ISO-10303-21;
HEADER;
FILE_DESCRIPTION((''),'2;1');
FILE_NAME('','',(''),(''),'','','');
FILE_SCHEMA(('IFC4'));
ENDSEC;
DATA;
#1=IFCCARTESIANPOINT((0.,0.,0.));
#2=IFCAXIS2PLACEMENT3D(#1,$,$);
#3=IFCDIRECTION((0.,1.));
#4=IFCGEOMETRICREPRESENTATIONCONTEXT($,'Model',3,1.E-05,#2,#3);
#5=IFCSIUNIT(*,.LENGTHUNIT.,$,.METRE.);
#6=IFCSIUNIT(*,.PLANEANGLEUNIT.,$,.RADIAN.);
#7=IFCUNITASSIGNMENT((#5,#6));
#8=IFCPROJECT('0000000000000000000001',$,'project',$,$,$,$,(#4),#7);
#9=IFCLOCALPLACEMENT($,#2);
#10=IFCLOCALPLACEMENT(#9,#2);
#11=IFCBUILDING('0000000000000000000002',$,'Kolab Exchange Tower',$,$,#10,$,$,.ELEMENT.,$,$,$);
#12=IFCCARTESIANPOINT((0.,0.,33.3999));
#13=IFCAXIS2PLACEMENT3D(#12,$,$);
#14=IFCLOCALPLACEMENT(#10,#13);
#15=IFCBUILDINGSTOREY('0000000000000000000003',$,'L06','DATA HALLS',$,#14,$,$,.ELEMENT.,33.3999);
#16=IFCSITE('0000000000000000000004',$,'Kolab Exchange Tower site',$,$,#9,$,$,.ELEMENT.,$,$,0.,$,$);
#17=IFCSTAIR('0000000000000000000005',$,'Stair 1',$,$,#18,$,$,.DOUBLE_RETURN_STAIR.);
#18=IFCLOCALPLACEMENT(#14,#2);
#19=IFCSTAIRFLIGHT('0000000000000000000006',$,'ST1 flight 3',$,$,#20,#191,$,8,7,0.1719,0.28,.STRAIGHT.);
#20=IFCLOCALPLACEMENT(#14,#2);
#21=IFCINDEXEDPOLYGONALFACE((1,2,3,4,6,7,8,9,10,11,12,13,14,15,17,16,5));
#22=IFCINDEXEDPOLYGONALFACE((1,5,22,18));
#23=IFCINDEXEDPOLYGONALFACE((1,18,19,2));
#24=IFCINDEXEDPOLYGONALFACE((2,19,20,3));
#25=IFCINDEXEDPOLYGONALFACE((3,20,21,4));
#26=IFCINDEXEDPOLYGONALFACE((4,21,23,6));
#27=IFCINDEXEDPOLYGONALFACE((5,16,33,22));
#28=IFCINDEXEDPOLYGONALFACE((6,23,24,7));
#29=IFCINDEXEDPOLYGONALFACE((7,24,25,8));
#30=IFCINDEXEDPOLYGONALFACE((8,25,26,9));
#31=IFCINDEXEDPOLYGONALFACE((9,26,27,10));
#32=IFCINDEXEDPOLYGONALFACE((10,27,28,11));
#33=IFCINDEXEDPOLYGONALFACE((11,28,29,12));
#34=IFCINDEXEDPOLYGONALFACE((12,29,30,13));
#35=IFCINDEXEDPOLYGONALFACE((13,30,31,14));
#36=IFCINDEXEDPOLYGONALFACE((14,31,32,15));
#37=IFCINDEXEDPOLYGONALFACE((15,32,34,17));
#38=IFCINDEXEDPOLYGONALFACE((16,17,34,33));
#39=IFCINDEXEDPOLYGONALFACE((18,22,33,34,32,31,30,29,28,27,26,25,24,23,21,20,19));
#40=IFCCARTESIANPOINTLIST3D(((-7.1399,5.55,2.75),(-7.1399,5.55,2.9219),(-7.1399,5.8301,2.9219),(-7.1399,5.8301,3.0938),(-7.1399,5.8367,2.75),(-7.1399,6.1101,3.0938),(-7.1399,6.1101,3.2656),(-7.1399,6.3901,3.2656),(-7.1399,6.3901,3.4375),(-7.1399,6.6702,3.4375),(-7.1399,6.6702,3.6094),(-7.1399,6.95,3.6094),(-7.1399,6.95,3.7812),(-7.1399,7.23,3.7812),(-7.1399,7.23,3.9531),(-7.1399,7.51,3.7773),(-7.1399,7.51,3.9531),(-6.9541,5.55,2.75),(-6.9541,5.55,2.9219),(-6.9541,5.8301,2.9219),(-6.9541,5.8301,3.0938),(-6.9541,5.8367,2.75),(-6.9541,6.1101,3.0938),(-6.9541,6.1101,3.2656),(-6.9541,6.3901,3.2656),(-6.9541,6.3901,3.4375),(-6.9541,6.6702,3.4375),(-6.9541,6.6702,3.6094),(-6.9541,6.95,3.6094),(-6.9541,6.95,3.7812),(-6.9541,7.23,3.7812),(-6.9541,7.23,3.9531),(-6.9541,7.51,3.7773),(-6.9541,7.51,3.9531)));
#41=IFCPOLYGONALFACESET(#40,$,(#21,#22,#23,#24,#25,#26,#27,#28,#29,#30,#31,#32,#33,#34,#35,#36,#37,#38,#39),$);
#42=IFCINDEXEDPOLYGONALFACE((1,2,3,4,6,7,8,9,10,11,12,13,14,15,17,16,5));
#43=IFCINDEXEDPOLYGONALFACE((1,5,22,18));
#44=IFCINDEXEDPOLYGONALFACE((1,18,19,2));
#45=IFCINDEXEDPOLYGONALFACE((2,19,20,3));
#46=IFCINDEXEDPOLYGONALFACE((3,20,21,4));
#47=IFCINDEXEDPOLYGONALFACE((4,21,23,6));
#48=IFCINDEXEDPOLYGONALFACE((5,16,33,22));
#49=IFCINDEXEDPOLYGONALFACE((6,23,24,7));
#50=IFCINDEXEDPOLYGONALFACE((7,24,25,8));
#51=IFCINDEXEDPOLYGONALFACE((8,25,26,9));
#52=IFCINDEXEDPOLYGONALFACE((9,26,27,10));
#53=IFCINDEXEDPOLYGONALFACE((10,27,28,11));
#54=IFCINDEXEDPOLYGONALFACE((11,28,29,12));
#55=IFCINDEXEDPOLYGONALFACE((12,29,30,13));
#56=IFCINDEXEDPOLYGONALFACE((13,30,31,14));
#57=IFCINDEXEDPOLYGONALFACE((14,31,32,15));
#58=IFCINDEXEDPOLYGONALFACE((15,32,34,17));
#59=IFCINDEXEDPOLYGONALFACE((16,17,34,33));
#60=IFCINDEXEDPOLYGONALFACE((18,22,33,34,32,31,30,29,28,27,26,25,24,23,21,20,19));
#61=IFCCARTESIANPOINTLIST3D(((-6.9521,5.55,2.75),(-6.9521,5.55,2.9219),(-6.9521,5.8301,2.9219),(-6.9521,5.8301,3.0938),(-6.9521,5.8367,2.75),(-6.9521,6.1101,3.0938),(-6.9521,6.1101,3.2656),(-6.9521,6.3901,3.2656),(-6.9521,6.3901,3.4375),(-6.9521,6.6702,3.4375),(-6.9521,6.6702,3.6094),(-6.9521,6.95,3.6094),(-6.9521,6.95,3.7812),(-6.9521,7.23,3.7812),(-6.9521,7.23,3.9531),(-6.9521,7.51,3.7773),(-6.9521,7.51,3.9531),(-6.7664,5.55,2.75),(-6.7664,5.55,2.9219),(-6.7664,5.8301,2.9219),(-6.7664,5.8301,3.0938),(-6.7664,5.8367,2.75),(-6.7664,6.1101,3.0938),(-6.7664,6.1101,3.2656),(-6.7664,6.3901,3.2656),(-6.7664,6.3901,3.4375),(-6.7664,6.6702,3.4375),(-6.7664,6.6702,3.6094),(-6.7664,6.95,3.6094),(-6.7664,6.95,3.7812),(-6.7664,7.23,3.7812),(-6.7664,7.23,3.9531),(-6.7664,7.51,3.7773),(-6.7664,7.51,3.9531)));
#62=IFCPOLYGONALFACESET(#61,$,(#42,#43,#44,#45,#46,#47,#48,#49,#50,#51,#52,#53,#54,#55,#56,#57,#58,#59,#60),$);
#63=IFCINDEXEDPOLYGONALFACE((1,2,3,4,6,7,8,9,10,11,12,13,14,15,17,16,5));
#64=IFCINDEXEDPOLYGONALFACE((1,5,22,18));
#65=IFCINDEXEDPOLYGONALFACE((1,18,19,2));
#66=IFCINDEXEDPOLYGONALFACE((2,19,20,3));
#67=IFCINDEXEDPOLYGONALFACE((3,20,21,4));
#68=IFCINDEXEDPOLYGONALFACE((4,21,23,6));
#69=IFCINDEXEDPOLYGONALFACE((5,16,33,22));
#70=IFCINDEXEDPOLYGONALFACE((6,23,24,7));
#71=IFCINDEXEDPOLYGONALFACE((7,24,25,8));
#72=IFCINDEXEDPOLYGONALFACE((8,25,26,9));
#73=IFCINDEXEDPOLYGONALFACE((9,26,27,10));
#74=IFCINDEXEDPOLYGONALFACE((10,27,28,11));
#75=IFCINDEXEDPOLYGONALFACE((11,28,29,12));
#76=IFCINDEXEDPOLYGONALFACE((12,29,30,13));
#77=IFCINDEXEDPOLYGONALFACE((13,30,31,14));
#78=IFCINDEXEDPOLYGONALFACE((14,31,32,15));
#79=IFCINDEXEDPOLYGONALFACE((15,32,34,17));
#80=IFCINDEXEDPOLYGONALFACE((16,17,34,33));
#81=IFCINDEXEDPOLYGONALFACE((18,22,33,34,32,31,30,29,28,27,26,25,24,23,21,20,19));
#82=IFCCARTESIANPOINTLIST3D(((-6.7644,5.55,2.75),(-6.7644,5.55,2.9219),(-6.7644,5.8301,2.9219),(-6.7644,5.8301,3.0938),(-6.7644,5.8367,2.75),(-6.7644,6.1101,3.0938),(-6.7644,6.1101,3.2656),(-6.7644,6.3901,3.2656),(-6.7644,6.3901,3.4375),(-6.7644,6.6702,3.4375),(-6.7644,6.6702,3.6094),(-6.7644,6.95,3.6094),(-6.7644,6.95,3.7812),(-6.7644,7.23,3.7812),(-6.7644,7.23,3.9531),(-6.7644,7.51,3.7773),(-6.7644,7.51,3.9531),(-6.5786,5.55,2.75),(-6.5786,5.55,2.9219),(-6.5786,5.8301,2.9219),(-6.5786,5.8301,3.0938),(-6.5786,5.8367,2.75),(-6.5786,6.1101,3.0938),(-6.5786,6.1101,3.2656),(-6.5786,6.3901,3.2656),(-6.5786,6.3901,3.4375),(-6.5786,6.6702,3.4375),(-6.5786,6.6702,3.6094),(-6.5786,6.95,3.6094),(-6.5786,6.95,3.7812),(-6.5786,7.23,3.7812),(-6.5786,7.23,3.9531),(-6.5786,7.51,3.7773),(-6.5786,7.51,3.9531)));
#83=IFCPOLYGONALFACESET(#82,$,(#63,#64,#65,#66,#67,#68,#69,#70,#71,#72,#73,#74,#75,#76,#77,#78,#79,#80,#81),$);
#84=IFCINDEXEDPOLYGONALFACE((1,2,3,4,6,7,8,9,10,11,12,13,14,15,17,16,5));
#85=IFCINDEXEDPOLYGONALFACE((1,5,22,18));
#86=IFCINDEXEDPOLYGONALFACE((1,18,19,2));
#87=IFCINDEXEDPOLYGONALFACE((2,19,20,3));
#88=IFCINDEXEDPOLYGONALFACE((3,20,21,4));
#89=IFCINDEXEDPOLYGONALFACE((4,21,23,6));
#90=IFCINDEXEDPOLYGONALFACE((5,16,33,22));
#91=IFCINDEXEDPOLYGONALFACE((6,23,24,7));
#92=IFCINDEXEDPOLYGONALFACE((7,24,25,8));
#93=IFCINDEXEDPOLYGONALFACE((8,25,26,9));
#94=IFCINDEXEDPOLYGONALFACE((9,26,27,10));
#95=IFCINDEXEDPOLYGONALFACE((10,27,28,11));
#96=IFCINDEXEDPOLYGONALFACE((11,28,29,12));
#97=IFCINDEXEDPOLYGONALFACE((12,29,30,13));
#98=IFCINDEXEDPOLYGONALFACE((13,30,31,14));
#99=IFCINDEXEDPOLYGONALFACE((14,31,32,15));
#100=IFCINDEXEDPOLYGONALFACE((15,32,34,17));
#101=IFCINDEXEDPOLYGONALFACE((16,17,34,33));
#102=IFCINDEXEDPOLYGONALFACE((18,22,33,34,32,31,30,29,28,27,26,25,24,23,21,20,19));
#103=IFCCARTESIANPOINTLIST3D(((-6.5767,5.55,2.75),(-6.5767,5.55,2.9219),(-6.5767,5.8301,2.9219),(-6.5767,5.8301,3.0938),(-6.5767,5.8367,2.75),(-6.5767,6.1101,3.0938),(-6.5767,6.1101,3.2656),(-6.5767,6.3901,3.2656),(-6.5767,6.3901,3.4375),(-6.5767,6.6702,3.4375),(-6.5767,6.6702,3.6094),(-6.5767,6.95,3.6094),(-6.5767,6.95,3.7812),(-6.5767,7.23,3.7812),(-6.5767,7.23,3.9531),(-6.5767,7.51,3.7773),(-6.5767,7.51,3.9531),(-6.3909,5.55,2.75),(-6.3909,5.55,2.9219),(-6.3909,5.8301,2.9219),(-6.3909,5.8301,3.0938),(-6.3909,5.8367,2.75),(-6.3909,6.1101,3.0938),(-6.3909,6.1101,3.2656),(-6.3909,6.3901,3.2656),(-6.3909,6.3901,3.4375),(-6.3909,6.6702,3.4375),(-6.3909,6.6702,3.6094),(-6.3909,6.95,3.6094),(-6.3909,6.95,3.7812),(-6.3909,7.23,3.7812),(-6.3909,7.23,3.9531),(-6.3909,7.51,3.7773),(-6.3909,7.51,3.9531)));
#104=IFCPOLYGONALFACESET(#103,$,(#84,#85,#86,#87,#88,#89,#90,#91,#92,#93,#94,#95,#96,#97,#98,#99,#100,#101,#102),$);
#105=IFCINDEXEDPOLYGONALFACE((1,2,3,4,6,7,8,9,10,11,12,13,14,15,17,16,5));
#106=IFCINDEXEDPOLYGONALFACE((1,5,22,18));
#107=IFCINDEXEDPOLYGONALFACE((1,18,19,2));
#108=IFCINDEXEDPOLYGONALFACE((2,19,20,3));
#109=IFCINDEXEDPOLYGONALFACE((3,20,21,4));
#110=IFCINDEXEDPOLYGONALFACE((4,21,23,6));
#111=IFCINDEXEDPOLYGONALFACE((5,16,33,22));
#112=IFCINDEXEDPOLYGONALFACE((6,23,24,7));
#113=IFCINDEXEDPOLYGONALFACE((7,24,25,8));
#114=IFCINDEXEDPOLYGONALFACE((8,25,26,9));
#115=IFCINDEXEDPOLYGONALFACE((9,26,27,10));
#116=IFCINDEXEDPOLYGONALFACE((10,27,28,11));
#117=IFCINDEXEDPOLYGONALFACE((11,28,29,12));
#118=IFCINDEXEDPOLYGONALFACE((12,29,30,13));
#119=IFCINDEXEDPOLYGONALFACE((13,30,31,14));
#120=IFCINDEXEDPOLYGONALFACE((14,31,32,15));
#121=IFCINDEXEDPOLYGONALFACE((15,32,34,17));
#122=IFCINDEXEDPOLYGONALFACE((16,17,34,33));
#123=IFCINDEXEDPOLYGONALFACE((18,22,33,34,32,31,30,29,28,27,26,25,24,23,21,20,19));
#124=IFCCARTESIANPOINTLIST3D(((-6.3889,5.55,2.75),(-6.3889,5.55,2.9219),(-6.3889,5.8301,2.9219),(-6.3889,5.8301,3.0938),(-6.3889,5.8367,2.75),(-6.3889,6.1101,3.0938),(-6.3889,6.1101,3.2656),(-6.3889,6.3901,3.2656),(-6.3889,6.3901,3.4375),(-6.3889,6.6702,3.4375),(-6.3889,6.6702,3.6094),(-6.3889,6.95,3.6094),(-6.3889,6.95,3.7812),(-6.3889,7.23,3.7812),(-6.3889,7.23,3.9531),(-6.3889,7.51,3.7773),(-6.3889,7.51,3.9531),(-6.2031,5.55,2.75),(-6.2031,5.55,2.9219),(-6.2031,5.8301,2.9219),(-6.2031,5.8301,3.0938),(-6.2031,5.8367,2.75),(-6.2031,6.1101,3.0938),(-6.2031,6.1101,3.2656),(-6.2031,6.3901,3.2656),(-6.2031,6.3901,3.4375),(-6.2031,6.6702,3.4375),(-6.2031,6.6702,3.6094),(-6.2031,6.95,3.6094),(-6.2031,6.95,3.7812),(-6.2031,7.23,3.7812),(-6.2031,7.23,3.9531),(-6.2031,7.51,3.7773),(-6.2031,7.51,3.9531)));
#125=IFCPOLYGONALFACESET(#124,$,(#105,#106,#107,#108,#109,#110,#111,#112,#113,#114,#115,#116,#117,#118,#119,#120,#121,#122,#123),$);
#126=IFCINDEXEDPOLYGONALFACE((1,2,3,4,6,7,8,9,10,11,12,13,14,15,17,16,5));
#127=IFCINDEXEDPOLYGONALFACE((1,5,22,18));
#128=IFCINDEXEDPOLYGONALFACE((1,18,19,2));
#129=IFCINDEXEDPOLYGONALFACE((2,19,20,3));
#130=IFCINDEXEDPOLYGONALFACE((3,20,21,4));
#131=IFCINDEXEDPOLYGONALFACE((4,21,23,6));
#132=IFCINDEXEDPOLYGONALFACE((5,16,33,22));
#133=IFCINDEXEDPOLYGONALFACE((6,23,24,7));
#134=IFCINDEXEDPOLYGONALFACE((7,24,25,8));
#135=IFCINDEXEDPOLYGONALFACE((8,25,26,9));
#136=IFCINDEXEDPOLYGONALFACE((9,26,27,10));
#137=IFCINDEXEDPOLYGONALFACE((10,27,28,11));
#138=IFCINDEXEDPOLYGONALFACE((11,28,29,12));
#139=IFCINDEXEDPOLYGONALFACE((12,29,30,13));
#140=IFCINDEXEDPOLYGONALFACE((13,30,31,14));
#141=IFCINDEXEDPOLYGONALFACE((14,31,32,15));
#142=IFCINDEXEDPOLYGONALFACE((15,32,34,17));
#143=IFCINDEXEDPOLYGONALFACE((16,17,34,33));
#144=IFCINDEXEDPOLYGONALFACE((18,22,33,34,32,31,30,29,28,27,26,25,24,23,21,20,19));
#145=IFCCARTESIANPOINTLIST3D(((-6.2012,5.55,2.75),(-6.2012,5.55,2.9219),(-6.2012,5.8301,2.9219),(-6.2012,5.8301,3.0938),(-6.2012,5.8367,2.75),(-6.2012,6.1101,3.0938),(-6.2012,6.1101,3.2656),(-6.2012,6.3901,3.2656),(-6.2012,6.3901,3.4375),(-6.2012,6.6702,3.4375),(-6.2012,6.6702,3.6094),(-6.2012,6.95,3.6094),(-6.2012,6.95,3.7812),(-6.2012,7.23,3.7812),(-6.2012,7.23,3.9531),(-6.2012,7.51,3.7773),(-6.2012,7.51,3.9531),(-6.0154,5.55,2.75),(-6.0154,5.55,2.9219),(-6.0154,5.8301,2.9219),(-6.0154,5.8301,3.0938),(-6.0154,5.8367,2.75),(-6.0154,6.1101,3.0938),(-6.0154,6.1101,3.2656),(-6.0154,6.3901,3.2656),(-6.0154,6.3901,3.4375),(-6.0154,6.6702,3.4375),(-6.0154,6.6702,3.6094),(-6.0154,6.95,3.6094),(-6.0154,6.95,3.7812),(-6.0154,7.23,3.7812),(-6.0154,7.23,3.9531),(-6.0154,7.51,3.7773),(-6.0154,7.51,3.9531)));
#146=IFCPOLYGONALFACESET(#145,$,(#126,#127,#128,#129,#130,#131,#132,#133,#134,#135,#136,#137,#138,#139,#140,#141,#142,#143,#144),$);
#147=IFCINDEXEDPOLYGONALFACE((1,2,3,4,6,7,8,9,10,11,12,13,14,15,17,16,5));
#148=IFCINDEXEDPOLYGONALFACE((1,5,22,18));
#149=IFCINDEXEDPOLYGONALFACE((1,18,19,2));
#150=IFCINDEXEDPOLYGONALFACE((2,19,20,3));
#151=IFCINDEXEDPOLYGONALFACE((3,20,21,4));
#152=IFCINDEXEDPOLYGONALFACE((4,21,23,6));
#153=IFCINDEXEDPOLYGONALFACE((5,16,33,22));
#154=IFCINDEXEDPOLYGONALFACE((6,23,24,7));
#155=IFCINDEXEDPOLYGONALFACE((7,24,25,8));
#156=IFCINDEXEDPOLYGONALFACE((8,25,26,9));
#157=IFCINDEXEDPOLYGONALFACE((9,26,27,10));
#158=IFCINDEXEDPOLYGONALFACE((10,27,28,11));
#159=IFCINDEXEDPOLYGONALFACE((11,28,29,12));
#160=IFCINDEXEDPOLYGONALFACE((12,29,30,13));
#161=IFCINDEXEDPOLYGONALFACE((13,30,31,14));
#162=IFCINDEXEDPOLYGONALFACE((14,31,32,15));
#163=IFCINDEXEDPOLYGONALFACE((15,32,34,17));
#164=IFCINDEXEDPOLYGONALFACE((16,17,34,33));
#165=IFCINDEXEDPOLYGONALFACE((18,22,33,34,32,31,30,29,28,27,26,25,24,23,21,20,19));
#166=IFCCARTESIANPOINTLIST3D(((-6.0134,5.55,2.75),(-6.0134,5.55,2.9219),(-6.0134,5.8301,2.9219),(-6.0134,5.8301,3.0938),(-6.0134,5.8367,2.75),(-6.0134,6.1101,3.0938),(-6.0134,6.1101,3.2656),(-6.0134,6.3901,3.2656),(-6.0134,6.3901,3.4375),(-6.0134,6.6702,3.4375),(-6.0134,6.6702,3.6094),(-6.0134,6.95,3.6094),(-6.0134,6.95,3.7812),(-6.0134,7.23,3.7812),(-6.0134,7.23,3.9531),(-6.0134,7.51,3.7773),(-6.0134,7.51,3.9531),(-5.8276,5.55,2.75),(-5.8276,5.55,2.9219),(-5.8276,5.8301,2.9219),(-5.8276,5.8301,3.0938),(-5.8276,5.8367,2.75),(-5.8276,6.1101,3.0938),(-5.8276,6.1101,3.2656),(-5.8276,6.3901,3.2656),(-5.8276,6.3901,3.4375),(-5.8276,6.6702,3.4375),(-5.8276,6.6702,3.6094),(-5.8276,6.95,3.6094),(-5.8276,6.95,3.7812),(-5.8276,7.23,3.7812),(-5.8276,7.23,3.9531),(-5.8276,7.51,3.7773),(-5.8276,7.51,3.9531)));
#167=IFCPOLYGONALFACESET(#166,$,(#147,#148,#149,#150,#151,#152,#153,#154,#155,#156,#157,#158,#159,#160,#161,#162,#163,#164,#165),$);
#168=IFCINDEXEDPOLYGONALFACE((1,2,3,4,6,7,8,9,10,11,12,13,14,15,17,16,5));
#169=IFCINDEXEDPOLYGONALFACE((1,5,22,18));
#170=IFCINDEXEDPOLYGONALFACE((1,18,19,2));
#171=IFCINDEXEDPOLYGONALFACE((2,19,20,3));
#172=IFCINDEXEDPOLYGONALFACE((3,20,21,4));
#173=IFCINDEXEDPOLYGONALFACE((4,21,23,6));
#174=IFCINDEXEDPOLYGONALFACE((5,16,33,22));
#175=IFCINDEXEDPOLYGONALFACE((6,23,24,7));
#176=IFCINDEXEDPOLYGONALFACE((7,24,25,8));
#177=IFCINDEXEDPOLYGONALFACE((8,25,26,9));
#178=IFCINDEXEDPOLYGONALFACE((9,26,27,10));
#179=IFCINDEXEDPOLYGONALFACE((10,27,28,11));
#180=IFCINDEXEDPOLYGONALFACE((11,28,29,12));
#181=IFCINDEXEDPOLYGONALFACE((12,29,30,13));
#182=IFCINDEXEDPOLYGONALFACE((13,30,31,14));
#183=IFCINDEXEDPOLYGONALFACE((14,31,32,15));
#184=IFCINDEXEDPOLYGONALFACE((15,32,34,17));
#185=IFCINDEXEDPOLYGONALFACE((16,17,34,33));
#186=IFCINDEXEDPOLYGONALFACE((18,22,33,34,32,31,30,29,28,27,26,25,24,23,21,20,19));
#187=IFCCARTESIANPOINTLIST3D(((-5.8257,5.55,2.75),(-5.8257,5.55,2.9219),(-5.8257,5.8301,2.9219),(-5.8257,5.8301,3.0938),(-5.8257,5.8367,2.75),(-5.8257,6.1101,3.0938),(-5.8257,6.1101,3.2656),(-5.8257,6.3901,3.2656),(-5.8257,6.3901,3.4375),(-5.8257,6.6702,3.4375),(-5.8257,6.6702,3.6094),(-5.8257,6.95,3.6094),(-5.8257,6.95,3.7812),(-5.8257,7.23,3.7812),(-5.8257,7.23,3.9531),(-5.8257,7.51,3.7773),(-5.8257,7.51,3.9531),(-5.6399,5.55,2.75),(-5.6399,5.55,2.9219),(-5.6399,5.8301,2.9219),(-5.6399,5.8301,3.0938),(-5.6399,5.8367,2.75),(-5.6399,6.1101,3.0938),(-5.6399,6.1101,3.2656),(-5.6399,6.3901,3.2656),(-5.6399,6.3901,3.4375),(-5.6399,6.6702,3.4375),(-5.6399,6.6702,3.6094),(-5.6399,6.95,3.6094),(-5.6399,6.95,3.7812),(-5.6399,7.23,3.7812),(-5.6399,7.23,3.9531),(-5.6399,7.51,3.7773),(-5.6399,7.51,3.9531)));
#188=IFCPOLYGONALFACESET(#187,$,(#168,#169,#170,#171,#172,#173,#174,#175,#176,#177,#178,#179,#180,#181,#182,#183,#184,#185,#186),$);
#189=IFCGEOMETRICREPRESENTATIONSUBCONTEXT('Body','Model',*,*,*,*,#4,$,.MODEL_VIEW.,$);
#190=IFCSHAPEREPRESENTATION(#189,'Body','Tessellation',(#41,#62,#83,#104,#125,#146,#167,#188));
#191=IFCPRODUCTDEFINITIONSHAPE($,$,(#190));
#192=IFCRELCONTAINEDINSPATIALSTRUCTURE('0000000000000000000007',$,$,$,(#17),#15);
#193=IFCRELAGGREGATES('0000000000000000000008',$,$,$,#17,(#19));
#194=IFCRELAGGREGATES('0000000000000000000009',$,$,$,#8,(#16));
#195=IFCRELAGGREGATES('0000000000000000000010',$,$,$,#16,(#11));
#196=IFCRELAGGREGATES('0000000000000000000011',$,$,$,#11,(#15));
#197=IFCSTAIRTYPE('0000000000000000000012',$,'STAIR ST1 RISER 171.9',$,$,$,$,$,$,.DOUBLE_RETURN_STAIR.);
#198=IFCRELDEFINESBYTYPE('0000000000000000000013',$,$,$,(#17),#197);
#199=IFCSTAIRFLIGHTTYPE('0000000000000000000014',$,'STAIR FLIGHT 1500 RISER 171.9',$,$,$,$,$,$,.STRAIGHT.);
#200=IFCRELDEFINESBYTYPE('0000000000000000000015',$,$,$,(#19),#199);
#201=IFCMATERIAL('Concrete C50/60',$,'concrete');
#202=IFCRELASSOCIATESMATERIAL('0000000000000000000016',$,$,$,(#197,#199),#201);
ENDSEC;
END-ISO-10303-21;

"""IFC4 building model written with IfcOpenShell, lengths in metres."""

from ifc_helpers import new_model, si_unit, direction, frame, origin, place, context, subcontext, project, spatial, polyline, outline, extrude, material, type_object, element, aggregate, save


model = new_model("IFC4")

# Units and contexts
model_context = context("Model", 3, precision=1e-05, world=origin(), true_north=direction((0.0, 1.0)))
body_context = subcontext(model_context, "Body", "Model", "MODEL_VIEW")
ifc_project = project(units=[si_unit("LENGTHUNIT", "METRE"), si_unit("PLANEANGLEUNIT", "RADIAN")], contexts=[model_context])

# Site, building, storey
site_placement = place(None, origin())
site = spatial("IfcSite", under=ifc_project, at=site_placement, Name="Kolab Exchange Tower site", CompositionType="ELEMENT", RefElevation=0.0)
building_placement = place(site_placement, origin())
building = spatial("IfcBuilding", under=site, at=building_placement, Name="Kolab Exchange Tower", CompositionType="ELEMENT")
storey_placement = place(building_placement, frame((0.0, 0.0, 33.3999)))
storey = spatial("IfcBuildingStorey", under=building, at=storey_placement, Name="L06", Description="DATA HALLS", CompositionType="ELEMENT", Elevation=33.3999)

# Shared definitions
ifc_material_1 = material(Name="Concrete C50/60", Category="concrete")

# Stair, stair flight
stair_type = type_object("IfcStairType", Name="STAIR ST1 RISER 171.9", PredefinedType="DOUBLE_RETURN_STAIR", material=ifc_material_1)
stair_placement = place(storey_placement, origin())
stair = element("IfcStair", 1, at=stair_placement, inside=storey, type_object=stair_type, Name="Stair 1", PredefinedType="DOUBLE_RETURN_STAIR")
stair_flight_type = type_object("IfcStairFlightType", Name="STAIR FLIGHT 1500 RISER 171.9", PredefinedType="STRAIGHT", material=ifc_material_1)
stair_flight_1_placement = place(storey_placement, frame((-6.3899, 5.55, 2.75), z_axis=(0.0, 0.0, 1.0), x_axis=(0.0, 1.0, 0.0)))
stair_flight_1 = element("IfcStairFlight", 2, at=stair_flight_1_placement, type_object=stair_flight_type, Name="ST1 flight 3", NumberOfRisers=8, NumberOfTreads=7, PredefinedType="STRAIGHT", RiserHeight=0.1719, TreadLength=0.28, context=body_context, shape_type="SweptSolid", body=[
    extrude(outline(polyline([(0.0, 0.0), (0.0, 0.1719), (0.28, 0.1719), (0.28, 0.3438), (0.5601, 0.3438), (0.5601, 0.5156), (0.8401, 0.5156), (0.8401, 0.6875), (1.1201, 0.6875), (1.1201, 0.8594), (1.3999, 0.8594), (1.3999, 1.0312), (1.6799, 1.0312), (1.6799, 1.2031), (1.96, 1.2031), (1.96, 1.375), (1.96, 1.0273), (0.2866, 0.0), (0.0, 0.0)])), frame((0.0, 0.75, 0.0), z_axis=(0.0, -1.0, 0.0), x_axis=(1.0, 0.0, 0.0)), (0.0, 0.0, 1.0), 0.1858),
    extrude(outline(polyline([(0.0, 0.0), (0.0, 0.1719), (0.28, 0.1719), (0.28, 0.3438), (0.5601, 0.3438), (0.5601, 0.5156), (0.8401, 0.5156), (0.8401, 0.6875), (1.1201, 0.6875), (1.1201, 0.8594), (1.3999, 0.8594), (1.3999, 1.0312), (1.6799, 1.0312), (1.6799, 1.2031), (1.96, 1.2031), (1.96, 1.375), (1.96, 1.0273), (0.2866, 0.0), (0.0, 0.0)])), frame((0.0, 0.5623, 0.0), z_axis=(0.0, -1.0, 0.0), x_axis=(1.0, 0.0, 0.0)), (0.0, 0.0, 1.0), 0.1858),
    extrude(outline(polyline([(0.0, 0.0), (0.0, 0.1719), (0.28, 0.1719), (0.28, 0.3438), (0.5601, 0.3438), (0.5601, 0.5156), (0.8401, 0.5156), (0.8401, 0.6875), (1.1201, 0.6875), (1.1201, 0.8594), (1.3999, 0.8594), (1.3999, 1.0312), (1.6799, 1.0312), (1.6799, 1.2031), (1.96, 1.2031), (1.96, 1.375), (1.96, 1.0273), (0.2866, 0.0), (0.0, 0.0)])), frame((0.0, 0.3745, 0.0), z_axis=(0.0, -1.0, 0.0), x_axis=(1.0, 0.0, 0.0)), (0.0, 0.0, 1.0), 0.1858),
    extrude(outline(polyline([(0.0, 0.0), (0.0, 0.1719), (0.28, 0.1719), (0.28, 0.3438), (0.5601, 0.3438), (0.5601, 0.5156), (0.8401, 0.5156), (0.8401, 0.6875), (1.1201, 0.6875), (1.1201, 0.8594), (1.3999, 0.8594), (1.3999, 1.0312), (1.6799, 1.0312), (1.6799, 1.2031), (1.96, 1.2031), (1.96, 1.375), (1.96, 1.0273), (0.2866, 0.0), (0.0, 0.0)])), frame((0.0, 0.1868, 0.0), z_axis=(0.0, -1.0, 0.0), x_axis=(1.0, 0.0, 0.0)), (0.0, 0.0, 1.0), 0.1858),
    extrude(outline(polyline([(0.0, 0.0), (0.0, 0.1719), (0.28, 0.1719), (0.28, 0.3438), (0.5601, 0.3438), (0.5601, 0.5156), (0.8401, 0.5156), (0.8401, 0.6875), (1.1201, 0.6875), (1.1201, 0.8594), (1.3999, 0.8594), (1.3999, 1.0312), (1.6799, 1.0312), (1.6799, 1.2031), (1.96, 1.2031), (1.96, 1.375), (1.96, 1.0273), (0.2866, 0.0), (0.0, 0.0)])), frame((0.0, -0.001, 0.0), z_axis=(0.0, -1.0, 0.0), x_axis=(1.0, 0.0, 0.0)), (0.0, 0.0, 1.0), 0.1858),
    extrude(outline(polyline([(0.0, 0.0), (0.0, 0.1719), (0.28, 0.1719), (0.28, 0.3438), (0.5601, 0.3438), (0.5601, 0.5156), (0.8401, 0.5156), (0.8401, 0.6875), (1.1201, 0.6875), (1.1201, 0.8594), (1.3999, 0.8594), (1.3999, 1.0312), (1.6799, 1.0312), (1.6799, 1.2031), (1.96, 1.2031), (1.96, 1.375), (1.96, 1.0273), (0.2866, 0.0), (0.0, 0.0)])), frame((0.0, -0.1887, 0.0), z_axis=(0.0, -1.0, 0.0), x_axis=(1.0, 0.0, 0.0)), (0.0, 0.0, 1.0), 0.1858),
    extrude(outline(polyline([(0.0, 0.0), (0.0, 0.1719), (0.28, 0.1719), (0.28, 0.3438), (0.5601, 0.3438), (0.5601, 0.5156), (0.8401, 0.5156), (0.8401, 0.6875), (1.1201, 0.6875), (1.1201, 0.8594), (1.3999, 0.8594), (1.3999, 1.0312), (1.6799, 1.0312), (1.6799, 1.2031), (1.96, 1.2031), (1.96, 1.375), (1.96, 1.0273), (0.2866, 0.0), (0.0, 0.0)])), frame((0.0, -0.3765, 0.0), z_axis=(0.0, -1.0, 0.0), x_axis=(1.0, 0.0, 0.0)), (0.0, 0.0, 1.0), 0.1858),
    extrude(outline(polyline([(0.0, 0.0), (0.0, 0.1719), (0.28, 0.1719), (0.28, 0.3438), (0.5601, 0.3438), (0.5601, 0.5156), (0.8401, 0.5156), (0.8401, 0.6875), (1.1201, 0.6875), (1.1201, 0.8594), (1.3999, 0.8594), (1.3999, 1.0312), (1.6799, 1.0312), (1.6799, 1.2031), (1.96, 1.2031), (1.96, 1.375), (1.96, 1.0273), (0.2866, 0.0), (0.0, 0.0)])), frame((0.0, -0.5642, 0.0), z_axis=(0.0, -1.0, 0.0), x_axis=(1.0, 0.0, 0.0)), (0.0, 0.0, 1.0), 0.1858),
])
aggregate(stair, [stair_flight_1])

save(model, "model.ifc")
